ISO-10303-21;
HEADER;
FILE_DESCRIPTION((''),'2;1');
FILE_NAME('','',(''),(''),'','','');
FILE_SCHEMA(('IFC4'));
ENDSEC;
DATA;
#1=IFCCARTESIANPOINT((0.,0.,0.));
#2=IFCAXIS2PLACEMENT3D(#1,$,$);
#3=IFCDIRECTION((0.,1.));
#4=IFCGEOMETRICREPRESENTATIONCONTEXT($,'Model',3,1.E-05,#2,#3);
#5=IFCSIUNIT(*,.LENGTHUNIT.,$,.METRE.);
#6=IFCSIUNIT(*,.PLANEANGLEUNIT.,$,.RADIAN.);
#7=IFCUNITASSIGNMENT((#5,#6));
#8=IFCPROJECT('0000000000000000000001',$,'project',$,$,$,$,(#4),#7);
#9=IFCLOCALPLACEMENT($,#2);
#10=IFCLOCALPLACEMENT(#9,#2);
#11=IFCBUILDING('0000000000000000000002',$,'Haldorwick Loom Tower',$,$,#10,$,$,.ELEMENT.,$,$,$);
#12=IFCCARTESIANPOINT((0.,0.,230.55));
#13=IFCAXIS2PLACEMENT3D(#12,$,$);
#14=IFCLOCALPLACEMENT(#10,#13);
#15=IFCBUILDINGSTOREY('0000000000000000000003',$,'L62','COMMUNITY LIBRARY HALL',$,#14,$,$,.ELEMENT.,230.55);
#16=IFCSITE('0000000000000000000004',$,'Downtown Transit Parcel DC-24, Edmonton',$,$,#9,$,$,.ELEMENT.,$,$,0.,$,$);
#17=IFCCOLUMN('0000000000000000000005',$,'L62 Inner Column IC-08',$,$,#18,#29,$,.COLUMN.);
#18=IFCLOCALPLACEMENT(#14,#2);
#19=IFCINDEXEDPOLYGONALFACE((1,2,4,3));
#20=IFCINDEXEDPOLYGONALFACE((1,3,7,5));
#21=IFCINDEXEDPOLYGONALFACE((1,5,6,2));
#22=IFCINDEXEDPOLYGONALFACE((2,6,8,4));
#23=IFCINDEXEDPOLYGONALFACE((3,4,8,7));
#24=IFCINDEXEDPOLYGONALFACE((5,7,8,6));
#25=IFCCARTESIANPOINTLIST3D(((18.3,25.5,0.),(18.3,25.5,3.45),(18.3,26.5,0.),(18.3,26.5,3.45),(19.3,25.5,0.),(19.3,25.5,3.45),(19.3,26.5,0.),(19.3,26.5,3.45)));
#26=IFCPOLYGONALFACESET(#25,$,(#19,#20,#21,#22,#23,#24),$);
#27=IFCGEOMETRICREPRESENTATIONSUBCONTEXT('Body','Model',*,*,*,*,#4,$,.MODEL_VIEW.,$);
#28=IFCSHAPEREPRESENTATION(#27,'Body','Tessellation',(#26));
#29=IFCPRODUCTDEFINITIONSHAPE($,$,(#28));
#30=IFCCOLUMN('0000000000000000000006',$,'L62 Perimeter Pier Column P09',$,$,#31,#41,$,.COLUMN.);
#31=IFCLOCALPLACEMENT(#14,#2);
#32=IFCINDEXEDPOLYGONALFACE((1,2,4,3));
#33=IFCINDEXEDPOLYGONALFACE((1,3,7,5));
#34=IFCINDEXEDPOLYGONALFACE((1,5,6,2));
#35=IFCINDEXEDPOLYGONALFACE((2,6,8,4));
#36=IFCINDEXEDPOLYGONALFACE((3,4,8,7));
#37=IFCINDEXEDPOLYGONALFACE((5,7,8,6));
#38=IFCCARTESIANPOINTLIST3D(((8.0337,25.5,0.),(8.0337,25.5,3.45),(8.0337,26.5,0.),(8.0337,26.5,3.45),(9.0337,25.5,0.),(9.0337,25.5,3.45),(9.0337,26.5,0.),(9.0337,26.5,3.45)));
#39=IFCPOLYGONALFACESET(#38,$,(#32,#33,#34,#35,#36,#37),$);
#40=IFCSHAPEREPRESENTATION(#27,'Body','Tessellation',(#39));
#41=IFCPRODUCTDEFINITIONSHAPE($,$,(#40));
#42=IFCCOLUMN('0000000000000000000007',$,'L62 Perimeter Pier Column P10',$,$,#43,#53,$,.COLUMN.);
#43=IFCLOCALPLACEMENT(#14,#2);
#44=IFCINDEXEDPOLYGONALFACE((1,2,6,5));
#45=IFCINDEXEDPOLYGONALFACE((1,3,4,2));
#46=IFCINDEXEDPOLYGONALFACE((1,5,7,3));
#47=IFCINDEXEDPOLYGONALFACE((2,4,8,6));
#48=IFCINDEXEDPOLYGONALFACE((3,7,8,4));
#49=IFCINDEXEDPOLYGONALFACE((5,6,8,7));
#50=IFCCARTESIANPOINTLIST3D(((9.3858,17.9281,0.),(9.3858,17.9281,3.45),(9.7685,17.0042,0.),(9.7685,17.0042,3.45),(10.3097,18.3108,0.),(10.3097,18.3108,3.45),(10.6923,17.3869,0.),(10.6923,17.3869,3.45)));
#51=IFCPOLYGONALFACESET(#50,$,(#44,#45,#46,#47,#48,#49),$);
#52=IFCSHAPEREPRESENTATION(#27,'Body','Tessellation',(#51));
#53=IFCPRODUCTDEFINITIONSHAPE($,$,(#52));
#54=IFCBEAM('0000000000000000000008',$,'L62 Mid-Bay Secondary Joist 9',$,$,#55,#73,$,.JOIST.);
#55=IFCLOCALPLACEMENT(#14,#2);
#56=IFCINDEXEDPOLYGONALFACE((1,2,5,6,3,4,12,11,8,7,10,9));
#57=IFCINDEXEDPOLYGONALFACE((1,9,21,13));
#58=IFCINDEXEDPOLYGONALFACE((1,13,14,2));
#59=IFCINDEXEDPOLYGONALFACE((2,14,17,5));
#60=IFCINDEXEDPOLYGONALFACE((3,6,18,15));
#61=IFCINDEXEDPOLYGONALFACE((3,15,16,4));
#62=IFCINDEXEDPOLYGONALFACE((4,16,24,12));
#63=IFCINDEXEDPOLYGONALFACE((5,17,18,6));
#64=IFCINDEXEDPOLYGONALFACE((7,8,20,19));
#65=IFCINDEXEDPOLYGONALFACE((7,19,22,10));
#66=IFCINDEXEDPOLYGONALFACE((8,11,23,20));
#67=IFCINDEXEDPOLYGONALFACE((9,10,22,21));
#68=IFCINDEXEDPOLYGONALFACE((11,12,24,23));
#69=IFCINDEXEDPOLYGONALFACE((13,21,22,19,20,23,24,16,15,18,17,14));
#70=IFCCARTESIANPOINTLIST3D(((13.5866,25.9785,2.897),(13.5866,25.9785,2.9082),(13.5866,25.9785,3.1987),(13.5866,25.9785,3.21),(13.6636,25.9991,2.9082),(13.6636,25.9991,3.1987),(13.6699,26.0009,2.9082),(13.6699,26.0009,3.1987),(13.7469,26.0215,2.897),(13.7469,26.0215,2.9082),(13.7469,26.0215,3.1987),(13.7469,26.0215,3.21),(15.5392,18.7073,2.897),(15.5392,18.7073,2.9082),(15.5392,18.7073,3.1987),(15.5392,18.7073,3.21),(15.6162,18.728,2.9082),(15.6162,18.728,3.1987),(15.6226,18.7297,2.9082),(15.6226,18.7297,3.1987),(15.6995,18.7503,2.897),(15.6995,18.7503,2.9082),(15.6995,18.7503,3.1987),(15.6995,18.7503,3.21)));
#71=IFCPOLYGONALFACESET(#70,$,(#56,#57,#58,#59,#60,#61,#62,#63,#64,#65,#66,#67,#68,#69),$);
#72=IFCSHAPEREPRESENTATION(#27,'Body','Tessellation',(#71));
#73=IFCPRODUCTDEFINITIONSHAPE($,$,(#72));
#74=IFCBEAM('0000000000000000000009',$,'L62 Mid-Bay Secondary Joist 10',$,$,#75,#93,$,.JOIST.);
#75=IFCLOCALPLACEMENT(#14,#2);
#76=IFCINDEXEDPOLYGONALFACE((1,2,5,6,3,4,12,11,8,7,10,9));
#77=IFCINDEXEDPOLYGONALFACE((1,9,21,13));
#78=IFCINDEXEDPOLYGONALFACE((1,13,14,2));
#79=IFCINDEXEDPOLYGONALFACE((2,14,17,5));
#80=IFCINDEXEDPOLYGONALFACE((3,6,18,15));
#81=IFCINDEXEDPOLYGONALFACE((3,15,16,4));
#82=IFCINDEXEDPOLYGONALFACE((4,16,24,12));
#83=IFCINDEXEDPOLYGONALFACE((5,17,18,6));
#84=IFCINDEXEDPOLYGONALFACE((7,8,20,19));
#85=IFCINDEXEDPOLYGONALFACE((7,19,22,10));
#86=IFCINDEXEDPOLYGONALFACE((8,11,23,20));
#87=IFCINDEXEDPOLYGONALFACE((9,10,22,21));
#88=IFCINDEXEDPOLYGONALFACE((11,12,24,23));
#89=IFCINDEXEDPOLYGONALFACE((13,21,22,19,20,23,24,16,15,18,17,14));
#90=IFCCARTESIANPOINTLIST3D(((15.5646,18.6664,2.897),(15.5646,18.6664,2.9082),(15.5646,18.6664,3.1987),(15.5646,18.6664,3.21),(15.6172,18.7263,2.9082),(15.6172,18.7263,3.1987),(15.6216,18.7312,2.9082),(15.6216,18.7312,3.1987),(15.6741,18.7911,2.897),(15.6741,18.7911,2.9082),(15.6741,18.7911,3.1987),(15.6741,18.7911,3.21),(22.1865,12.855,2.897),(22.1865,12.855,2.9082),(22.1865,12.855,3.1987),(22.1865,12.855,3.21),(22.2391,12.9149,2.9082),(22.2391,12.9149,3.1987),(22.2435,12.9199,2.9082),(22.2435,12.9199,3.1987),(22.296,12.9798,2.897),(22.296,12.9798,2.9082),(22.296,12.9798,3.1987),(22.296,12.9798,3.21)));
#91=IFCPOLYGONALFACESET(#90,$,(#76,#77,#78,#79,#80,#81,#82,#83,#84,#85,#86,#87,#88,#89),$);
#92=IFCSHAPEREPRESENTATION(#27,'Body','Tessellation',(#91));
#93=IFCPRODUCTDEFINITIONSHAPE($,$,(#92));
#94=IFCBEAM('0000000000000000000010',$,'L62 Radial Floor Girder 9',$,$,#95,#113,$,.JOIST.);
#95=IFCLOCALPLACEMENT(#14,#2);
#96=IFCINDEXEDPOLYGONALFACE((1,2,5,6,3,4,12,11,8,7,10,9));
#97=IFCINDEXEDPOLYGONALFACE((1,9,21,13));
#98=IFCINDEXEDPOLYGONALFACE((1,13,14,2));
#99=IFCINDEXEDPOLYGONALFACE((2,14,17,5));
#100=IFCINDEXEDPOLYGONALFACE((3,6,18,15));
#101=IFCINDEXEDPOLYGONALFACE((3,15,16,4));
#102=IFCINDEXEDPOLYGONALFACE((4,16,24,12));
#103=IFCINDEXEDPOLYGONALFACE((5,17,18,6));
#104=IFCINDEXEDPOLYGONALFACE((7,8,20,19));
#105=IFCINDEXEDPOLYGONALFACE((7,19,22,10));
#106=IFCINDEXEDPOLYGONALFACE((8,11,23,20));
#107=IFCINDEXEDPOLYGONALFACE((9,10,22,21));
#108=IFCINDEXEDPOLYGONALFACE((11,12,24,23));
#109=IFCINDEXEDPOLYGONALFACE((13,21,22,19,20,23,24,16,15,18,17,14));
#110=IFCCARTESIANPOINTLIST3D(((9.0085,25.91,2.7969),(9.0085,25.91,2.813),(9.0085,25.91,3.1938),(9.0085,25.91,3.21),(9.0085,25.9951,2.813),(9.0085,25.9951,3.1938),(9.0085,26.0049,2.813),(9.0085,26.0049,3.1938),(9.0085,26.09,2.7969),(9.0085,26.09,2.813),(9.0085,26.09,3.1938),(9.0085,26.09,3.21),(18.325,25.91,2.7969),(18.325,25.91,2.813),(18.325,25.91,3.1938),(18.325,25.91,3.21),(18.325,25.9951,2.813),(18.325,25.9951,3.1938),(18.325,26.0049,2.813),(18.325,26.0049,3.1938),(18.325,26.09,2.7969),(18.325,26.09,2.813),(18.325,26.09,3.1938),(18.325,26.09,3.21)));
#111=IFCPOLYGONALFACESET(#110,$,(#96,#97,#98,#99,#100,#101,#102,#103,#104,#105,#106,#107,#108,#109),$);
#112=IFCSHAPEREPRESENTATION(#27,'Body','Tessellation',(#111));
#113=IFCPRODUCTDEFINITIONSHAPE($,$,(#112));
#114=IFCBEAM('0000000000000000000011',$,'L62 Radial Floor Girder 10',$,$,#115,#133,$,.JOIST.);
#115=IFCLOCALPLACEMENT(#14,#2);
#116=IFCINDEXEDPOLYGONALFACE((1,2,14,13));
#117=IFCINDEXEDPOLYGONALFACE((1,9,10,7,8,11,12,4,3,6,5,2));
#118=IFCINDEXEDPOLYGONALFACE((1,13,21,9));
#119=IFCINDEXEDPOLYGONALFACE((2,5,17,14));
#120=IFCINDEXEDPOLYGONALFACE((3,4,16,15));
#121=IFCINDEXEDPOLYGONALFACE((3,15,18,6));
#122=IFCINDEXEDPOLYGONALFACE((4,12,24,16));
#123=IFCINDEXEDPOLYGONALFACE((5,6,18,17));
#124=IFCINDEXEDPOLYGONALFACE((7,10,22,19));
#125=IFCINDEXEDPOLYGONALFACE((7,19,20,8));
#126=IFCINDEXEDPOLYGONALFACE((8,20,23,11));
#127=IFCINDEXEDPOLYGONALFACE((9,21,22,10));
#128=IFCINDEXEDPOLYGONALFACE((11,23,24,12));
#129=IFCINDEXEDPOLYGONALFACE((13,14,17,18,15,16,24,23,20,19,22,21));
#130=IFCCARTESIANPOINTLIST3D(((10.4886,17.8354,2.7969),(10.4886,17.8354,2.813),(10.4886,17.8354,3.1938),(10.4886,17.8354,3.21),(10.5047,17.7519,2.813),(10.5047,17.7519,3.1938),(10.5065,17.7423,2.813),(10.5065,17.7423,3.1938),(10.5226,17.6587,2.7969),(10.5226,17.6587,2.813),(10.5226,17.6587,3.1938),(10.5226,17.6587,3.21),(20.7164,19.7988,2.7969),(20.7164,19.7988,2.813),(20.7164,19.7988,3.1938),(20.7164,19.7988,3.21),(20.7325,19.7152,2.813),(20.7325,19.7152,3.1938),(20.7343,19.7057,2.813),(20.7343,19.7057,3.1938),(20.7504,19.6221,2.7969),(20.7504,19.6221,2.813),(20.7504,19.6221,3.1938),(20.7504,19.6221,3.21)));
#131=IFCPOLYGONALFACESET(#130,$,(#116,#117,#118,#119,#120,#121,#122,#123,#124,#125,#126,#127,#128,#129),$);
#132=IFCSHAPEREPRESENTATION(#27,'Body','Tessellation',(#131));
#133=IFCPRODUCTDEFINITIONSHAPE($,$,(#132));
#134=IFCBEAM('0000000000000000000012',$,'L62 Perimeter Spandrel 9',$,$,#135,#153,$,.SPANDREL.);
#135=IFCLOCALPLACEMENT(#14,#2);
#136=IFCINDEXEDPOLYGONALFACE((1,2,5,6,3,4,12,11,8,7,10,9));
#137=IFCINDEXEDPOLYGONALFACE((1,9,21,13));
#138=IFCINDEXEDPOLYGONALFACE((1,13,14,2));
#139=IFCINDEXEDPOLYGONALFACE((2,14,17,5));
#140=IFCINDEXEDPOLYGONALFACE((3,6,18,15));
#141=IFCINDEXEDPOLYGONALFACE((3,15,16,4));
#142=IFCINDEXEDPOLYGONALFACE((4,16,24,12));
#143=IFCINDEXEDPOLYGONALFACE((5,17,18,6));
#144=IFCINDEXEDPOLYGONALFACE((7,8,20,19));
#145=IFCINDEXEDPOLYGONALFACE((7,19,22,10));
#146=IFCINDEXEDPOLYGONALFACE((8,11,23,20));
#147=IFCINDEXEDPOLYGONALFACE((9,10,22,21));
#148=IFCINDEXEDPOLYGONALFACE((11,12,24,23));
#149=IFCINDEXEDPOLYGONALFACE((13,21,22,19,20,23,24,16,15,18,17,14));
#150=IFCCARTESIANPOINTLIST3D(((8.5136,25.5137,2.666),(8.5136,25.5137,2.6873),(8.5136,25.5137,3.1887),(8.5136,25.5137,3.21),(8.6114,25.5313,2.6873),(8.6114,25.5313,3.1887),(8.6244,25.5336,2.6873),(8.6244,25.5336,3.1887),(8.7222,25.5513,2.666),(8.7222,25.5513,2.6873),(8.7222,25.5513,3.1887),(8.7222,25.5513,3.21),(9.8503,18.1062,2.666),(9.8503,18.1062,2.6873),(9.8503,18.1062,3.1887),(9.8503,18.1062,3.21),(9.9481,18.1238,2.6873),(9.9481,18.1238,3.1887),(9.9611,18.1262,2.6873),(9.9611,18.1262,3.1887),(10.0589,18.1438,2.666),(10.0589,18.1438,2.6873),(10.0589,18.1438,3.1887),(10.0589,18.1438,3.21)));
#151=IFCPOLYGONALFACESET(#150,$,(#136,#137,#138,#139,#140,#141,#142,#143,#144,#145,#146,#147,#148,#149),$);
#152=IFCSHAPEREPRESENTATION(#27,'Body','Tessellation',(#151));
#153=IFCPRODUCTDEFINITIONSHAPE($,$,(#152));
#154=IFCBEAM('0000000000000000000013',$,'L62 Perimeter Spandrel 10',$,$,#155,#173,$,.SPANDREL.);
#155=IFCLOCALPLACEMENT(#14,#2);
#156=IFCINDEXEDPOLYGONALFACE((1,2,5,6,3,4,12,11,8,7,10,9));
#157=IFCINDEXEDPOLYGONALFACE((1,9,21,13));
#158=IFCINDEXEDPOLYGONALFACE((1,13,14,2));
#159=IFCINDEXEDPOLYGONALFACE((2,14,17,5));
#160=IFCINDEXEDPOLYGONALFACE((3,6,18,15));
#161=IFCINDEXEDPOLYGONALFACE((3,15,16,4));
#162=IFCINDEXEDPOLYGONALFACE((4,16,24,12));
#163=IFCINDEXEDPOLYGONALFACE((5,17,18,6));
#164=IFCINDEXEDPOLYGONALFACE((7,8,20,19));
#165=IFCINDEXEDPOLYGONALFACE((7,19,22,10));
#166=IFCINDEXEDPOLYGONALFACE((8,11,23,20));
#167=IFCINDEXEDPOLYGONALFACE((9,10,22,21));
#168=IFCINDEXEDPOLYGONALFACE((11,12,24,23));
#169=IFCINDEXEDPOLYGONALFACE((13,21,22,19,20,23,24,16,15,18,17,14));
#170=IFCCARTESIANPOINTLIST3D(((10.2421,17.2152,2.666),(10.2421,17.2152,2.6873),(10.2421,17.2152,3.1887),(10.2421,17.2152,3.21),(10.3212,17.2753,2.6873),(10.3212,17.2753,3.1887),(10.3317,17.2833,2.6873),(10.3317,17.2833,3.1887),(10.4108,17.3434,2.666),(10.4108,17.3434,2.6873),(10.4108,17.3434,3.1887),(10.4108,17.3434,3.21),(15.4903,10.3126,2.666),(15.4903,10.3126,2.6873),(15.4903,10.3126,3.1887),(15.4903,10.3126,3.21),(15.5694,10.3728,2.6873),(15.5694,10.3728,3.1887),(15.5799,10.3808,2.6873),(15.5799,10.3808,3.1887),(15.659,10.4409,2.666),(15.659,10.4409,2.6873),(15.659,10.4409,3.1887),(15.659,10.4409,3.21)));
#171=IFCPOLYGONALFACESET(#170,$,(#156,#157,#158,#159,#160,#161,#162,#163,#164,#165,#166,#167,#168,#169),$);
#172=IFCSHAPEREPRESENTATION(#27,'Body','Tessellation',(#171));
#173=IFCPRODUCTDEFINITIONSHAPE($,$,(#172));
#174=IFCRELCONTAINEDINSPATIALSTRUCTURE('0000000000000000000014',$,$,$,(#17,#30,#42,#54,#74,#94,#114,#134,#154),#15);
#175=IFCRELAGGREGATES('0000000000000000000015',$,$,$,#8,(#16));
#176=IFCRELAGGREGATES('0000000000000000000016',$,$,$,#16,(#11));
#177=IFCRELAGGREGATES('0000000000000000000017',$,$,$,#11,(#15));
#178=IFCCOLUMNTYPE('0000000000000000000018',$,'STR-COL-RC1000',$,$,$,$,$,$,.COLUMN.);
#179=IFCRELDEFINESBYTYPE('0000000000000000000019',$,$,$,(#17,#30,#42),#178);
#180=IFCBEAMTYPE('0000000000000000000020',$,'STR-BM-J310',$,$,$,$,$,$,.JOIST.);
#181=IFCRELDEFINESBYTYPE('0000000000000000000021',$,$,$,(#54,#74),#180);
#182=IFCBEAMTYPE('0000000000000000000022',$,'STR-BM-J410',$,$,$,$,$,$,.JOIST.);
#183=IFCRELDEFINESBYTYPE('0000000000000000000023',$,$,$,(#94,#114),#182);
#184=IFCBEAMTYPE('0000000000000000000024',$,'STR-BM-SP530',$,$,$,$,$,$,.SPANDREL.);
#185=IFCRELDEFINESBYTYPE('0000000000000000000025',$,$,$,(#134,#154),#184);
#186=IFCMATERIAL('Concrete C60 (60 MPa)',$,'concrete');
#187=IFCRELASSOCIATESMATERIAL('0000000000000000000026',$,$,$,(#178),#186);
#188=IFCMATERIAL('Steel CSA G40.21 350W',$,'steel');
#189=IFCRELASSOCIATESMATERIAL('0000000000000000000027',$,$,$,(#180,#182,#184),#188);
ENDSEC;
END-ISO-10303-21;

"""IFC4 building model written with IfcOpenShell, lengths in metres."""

from ifc_helpers import new_model, si_unit, direction, frame, origin, origin_2d, place, context, subcontext, project, spatial, rectangle, i_section, extrude, material, material_profile, profile_set, type_object, element, save


model = new_model("IFC4")

# Units and contexts
model_context = context("Model", 3, precision=1e-05, world=origin(), true_north=direction((0.0, 1.0)))
body_context = subcontext(model_context, "Body", "Model", "MODEL_VIEW")
ifc_project = project(units=[si_unit("LENGTHUNIT", "METRE"), si_unit("PLANEANGLEUNIT", "RADIAN")], contexts=[model_context])

# Site, building, storey
site_placement = place(None, origin())
site = spatial("IfcSite", under=ifc_project, at=site_placement, Name="Downtown Transit Parcel DC-24, Edmonton", CompositionType="ELEMENT", RefElevation=0.0)
building_placement = place(site_placement, origin())
building = spatial("IfcBuilding", under=site, at=building_placement, Name="Haldorwick Loom Tower", CompositionType="ELEMENT")
storey_placement = place(building_placement, frame((0.0, 0.0, 230.55)))
storey = spatial("IfcBuildingStorey", under=building, at=storey_placement, Name="L62", Description="COMMUNITY LIBRARY HALL", CompositionType="ELEMENT", Elevation=230.55)

# Columns
ifc_material_1 = material(Name="Concrete C60 (60 MPa)", Category="concrete")
ifc_material_profile_1 = material_profile(ifc_material_1, rectangle(XDim=1.0, YDim=1.0, at=origin_2d()), Name="RC1000X1000", Category="concrete")
ifc_profile_set_1 = profile_set([ifc_material_profile_1], Name="Concrete C60 (60 MPa)")
column_type = type_object("IfcColumnType", Name="STR-COL-RC1000", PredefinedType="COLUMN", material=ifc_profile_set_1)
for number, where, z_axis, x_axis, name in (
    (1, (18.8, 26.0, 0.0), (0.0, 0.0, 1.0), (1.0, 0.0, 0.0), "L62 Inner Column IC-08"),
    (2, (8.5337, 26.0, 0.0), (0.0, 0.0, 1.0), (-1.0, 0.0, 0.0), "L62 Perimeter Pier Column P09"),
    (3, (10.0391, 17.6575, 0.0), (0.0, 0.0, 1.0), (-0.92388, -0.382683, 0.0), "L62 Perimeter Pier Column P10"),
):
    element("IfcColumn", number, at=place(storey_placement, frame(where, z_axis=z_axis, x_axis=x_axis)), inside=storey, type_object=column_type, Name=name, PredefinedType="COLUMN", context=body_context, shape_type="SweptSolid", body=[
        extrude(rectangle(XDim=1.0, YDim=1.0, at=origin_2d()), origin(), (0.0, 0.0, 1.0), 3.45),
    ])

# Beams
ifc_material_2 = material(Name="Steel CSA G40.21 350W", Category="steel")
ifc_material_profile_2 = material_profile(ifc_material_2, i_section(OverallWidth=0.166, OverallDepth=0.313, WebThickness=0.0066, FlangeThickness=0.0112, at=origin_2d()), Name="W310X45", Category="steel")
ifc_profile_set_2 = profile_set([ifc_material_profile_2], Name="Steel CSA G40.21 350W")
beam_type_1 = type_object("IfcBeamType", Name="STR-BM-J310", PredefinedType="JOIST", material=ifc_profile_set_2)
beam_1_placement = place(storey_placement, frame((13.6667, 26.0, 3.0535), z_axis=(0.259354, -0.965782, 0.0), x_axis=(0.965782, 0.259354, 0.0)))
element("IfcBeam", 4, at=beam_1_placement, inside=storey, type_object=beam_type_1, Name="L62 Mid-Bay Secondary Joist 9", PredefinedType="JOIST", context=body_context, shape_type="SweptSolid", body=[
    extrude(i_section(OverallWidth=0.166, OverallDepth=0.313, WebThickness=0.0066, FlangeThickness=0.0112, at=origin_2d()), origin(), (0.0, 0.0, 1.0), 7.5288),
])
beam_2_placement = place(storey_placement, frame((15.6194, 18.7288, 3.0535), z_axis=(0.751609, -0.659608, 0.0), x_axis=(0.659608, 0.751609, 0.0)))
element("IfcBeam", 5, at=beam_2_placement, inside=storey, type_object=beam_type_1, Name="L62 Mid-Bay Secondary Joist 10", PredefinedType="JOIST", context=body_context, shape_type="SweptSolid", body=[
    extrude(i_section(OverallWidth=0.166, OverallDepth=0.313, WebThickness=0.0066, FlangeThickness=0.0112, at=origin_2d()), origin(), (0.0, 0.0, 1.0), 8.8103),
])
ifc_material_profile_3 = material_profile(ifc_material_2, i_section(OverallWidth=0.1799, OverallDepth=0.4131, WebThickness=0.0098, FlangeThickness=0.0161, at=origin_2d()), Name="W410X74", Category="steel")
ifc_profile_set_3 = profile_set([ifc_material_profile_3], Name="Steel CSA G40.21 350W")
beam_type_2 = type_object("IfcBeamType", Name="STR-BM-J410", PredefinedType="JOIST", material=ifc_profile_set_3)
beam_3_placement = place(storey_placement, frame((18.325, 26.0, 3.0034), z_axis=(-1.0, 0.0, 0.0), x_axis=(0.0, -1.0, 0.0)))
element("IfcBeam", 6, at=beam_3_placement, inside=storey, type_object=beam_type_2, Name="L62 Radial Floor Girder 9", PredefinedType="JOIST", context=body_context, shape_type="SweptSolid", body=[
    extrude(i_section(OverallWidth=0.1799, OverallDepth=0.4131, WebThickness=0.0098, FlangeThickness=0.0161, at=origin_2d()), origin(), (0.0, 0.0, 1.0), 9.3164),
])
beam_4_placement = place(storey_placement, frame((20.7334, 19.7104, 3.0034), z_axis=(-0.982069, -0.188523, 0.0), x_axis=(0.188523, -0.982069, 0.0)))
element("IfcBeam", 7, at=beam_4_placement, inside=storey, type_object=beam_type_2, Name="L62 Radial Floor Girder 10", PredefinedType="JOIST", context=body_context, shape_type="SweptSolid", body=[
    extrude(i_section(OverallWidth=0.1799, OverallDepth=0.4131, WebThickness=0.0098, FlangeThickness=0.0161, at=origin_2d()), origin(), (0.0, 0.0, 1.0), 10.4146),
])
ifc_material_profile_4 = material_profile(ifc_material_2, i_section(OverallWidth=0.2119, OverallDepth=0.5439, WebThickness=0.0132, FlangeThickness=0.0212, at=origin_2d()), Name="W530X123", Category="steel")
ifc_profile_set_4 = profile_set([ifc_material_profile_4], Name="Steel CSA G40.21 350W")
beam_type_3 = type_object("IfcBeamType", Name="STR-BM-SP530", PredefinedType="SPANDREL", material=ifc_profile_set_4)
beam_5_placement = place(storey_placement, frame((8.6179, 25.5325, 2.938), z_axis=(0.177581, -0.984106, 0.0), x_axis=(0.984106, 0.177581, 0.0)))
element("IfcBeam", 8, at=beam_5_placement, inside=storey, type_object=beam_type_3, Name="L62 Perimeter Spandrel 9", PredefinedType="SPANDREL", context=body_context, shape_type="SweptSolid", body=[
    extrude(i_section(OverallWidth=0.2119, OverallDepth=0.5439, WebThickness=0.0132, FlangeThickness=0.0212, at=origin_2d()), origin(), (0.0, 0.0, 1.0), 7.5271),
])
beam_6_placement = place(storey_placement, frame((10.3264, 17.2793, 2.938), z_axis=(0.605253, -0.796033, 0.0), x_axis=(0.796033, 0.605253, 0.0)))
element("IfcBeam", 9, at=beam_6_placement, inside=storey, type_object=beam_type_3, Name="L62 Perimeter Spandrel 10", PredefinedType="SPANDREL", context=body_context, shape_type="SweptSolid", body=[
    extrude(i_section(OverallWidth=0.2119, OverallDepth=0.5439, WebThickness=0.0132, FlangeThickness=0.0212, at=origin_2d()), origin(), (0.0, 0.0, 1.0), 8.6711),
])

save(model, "model.ifc")
